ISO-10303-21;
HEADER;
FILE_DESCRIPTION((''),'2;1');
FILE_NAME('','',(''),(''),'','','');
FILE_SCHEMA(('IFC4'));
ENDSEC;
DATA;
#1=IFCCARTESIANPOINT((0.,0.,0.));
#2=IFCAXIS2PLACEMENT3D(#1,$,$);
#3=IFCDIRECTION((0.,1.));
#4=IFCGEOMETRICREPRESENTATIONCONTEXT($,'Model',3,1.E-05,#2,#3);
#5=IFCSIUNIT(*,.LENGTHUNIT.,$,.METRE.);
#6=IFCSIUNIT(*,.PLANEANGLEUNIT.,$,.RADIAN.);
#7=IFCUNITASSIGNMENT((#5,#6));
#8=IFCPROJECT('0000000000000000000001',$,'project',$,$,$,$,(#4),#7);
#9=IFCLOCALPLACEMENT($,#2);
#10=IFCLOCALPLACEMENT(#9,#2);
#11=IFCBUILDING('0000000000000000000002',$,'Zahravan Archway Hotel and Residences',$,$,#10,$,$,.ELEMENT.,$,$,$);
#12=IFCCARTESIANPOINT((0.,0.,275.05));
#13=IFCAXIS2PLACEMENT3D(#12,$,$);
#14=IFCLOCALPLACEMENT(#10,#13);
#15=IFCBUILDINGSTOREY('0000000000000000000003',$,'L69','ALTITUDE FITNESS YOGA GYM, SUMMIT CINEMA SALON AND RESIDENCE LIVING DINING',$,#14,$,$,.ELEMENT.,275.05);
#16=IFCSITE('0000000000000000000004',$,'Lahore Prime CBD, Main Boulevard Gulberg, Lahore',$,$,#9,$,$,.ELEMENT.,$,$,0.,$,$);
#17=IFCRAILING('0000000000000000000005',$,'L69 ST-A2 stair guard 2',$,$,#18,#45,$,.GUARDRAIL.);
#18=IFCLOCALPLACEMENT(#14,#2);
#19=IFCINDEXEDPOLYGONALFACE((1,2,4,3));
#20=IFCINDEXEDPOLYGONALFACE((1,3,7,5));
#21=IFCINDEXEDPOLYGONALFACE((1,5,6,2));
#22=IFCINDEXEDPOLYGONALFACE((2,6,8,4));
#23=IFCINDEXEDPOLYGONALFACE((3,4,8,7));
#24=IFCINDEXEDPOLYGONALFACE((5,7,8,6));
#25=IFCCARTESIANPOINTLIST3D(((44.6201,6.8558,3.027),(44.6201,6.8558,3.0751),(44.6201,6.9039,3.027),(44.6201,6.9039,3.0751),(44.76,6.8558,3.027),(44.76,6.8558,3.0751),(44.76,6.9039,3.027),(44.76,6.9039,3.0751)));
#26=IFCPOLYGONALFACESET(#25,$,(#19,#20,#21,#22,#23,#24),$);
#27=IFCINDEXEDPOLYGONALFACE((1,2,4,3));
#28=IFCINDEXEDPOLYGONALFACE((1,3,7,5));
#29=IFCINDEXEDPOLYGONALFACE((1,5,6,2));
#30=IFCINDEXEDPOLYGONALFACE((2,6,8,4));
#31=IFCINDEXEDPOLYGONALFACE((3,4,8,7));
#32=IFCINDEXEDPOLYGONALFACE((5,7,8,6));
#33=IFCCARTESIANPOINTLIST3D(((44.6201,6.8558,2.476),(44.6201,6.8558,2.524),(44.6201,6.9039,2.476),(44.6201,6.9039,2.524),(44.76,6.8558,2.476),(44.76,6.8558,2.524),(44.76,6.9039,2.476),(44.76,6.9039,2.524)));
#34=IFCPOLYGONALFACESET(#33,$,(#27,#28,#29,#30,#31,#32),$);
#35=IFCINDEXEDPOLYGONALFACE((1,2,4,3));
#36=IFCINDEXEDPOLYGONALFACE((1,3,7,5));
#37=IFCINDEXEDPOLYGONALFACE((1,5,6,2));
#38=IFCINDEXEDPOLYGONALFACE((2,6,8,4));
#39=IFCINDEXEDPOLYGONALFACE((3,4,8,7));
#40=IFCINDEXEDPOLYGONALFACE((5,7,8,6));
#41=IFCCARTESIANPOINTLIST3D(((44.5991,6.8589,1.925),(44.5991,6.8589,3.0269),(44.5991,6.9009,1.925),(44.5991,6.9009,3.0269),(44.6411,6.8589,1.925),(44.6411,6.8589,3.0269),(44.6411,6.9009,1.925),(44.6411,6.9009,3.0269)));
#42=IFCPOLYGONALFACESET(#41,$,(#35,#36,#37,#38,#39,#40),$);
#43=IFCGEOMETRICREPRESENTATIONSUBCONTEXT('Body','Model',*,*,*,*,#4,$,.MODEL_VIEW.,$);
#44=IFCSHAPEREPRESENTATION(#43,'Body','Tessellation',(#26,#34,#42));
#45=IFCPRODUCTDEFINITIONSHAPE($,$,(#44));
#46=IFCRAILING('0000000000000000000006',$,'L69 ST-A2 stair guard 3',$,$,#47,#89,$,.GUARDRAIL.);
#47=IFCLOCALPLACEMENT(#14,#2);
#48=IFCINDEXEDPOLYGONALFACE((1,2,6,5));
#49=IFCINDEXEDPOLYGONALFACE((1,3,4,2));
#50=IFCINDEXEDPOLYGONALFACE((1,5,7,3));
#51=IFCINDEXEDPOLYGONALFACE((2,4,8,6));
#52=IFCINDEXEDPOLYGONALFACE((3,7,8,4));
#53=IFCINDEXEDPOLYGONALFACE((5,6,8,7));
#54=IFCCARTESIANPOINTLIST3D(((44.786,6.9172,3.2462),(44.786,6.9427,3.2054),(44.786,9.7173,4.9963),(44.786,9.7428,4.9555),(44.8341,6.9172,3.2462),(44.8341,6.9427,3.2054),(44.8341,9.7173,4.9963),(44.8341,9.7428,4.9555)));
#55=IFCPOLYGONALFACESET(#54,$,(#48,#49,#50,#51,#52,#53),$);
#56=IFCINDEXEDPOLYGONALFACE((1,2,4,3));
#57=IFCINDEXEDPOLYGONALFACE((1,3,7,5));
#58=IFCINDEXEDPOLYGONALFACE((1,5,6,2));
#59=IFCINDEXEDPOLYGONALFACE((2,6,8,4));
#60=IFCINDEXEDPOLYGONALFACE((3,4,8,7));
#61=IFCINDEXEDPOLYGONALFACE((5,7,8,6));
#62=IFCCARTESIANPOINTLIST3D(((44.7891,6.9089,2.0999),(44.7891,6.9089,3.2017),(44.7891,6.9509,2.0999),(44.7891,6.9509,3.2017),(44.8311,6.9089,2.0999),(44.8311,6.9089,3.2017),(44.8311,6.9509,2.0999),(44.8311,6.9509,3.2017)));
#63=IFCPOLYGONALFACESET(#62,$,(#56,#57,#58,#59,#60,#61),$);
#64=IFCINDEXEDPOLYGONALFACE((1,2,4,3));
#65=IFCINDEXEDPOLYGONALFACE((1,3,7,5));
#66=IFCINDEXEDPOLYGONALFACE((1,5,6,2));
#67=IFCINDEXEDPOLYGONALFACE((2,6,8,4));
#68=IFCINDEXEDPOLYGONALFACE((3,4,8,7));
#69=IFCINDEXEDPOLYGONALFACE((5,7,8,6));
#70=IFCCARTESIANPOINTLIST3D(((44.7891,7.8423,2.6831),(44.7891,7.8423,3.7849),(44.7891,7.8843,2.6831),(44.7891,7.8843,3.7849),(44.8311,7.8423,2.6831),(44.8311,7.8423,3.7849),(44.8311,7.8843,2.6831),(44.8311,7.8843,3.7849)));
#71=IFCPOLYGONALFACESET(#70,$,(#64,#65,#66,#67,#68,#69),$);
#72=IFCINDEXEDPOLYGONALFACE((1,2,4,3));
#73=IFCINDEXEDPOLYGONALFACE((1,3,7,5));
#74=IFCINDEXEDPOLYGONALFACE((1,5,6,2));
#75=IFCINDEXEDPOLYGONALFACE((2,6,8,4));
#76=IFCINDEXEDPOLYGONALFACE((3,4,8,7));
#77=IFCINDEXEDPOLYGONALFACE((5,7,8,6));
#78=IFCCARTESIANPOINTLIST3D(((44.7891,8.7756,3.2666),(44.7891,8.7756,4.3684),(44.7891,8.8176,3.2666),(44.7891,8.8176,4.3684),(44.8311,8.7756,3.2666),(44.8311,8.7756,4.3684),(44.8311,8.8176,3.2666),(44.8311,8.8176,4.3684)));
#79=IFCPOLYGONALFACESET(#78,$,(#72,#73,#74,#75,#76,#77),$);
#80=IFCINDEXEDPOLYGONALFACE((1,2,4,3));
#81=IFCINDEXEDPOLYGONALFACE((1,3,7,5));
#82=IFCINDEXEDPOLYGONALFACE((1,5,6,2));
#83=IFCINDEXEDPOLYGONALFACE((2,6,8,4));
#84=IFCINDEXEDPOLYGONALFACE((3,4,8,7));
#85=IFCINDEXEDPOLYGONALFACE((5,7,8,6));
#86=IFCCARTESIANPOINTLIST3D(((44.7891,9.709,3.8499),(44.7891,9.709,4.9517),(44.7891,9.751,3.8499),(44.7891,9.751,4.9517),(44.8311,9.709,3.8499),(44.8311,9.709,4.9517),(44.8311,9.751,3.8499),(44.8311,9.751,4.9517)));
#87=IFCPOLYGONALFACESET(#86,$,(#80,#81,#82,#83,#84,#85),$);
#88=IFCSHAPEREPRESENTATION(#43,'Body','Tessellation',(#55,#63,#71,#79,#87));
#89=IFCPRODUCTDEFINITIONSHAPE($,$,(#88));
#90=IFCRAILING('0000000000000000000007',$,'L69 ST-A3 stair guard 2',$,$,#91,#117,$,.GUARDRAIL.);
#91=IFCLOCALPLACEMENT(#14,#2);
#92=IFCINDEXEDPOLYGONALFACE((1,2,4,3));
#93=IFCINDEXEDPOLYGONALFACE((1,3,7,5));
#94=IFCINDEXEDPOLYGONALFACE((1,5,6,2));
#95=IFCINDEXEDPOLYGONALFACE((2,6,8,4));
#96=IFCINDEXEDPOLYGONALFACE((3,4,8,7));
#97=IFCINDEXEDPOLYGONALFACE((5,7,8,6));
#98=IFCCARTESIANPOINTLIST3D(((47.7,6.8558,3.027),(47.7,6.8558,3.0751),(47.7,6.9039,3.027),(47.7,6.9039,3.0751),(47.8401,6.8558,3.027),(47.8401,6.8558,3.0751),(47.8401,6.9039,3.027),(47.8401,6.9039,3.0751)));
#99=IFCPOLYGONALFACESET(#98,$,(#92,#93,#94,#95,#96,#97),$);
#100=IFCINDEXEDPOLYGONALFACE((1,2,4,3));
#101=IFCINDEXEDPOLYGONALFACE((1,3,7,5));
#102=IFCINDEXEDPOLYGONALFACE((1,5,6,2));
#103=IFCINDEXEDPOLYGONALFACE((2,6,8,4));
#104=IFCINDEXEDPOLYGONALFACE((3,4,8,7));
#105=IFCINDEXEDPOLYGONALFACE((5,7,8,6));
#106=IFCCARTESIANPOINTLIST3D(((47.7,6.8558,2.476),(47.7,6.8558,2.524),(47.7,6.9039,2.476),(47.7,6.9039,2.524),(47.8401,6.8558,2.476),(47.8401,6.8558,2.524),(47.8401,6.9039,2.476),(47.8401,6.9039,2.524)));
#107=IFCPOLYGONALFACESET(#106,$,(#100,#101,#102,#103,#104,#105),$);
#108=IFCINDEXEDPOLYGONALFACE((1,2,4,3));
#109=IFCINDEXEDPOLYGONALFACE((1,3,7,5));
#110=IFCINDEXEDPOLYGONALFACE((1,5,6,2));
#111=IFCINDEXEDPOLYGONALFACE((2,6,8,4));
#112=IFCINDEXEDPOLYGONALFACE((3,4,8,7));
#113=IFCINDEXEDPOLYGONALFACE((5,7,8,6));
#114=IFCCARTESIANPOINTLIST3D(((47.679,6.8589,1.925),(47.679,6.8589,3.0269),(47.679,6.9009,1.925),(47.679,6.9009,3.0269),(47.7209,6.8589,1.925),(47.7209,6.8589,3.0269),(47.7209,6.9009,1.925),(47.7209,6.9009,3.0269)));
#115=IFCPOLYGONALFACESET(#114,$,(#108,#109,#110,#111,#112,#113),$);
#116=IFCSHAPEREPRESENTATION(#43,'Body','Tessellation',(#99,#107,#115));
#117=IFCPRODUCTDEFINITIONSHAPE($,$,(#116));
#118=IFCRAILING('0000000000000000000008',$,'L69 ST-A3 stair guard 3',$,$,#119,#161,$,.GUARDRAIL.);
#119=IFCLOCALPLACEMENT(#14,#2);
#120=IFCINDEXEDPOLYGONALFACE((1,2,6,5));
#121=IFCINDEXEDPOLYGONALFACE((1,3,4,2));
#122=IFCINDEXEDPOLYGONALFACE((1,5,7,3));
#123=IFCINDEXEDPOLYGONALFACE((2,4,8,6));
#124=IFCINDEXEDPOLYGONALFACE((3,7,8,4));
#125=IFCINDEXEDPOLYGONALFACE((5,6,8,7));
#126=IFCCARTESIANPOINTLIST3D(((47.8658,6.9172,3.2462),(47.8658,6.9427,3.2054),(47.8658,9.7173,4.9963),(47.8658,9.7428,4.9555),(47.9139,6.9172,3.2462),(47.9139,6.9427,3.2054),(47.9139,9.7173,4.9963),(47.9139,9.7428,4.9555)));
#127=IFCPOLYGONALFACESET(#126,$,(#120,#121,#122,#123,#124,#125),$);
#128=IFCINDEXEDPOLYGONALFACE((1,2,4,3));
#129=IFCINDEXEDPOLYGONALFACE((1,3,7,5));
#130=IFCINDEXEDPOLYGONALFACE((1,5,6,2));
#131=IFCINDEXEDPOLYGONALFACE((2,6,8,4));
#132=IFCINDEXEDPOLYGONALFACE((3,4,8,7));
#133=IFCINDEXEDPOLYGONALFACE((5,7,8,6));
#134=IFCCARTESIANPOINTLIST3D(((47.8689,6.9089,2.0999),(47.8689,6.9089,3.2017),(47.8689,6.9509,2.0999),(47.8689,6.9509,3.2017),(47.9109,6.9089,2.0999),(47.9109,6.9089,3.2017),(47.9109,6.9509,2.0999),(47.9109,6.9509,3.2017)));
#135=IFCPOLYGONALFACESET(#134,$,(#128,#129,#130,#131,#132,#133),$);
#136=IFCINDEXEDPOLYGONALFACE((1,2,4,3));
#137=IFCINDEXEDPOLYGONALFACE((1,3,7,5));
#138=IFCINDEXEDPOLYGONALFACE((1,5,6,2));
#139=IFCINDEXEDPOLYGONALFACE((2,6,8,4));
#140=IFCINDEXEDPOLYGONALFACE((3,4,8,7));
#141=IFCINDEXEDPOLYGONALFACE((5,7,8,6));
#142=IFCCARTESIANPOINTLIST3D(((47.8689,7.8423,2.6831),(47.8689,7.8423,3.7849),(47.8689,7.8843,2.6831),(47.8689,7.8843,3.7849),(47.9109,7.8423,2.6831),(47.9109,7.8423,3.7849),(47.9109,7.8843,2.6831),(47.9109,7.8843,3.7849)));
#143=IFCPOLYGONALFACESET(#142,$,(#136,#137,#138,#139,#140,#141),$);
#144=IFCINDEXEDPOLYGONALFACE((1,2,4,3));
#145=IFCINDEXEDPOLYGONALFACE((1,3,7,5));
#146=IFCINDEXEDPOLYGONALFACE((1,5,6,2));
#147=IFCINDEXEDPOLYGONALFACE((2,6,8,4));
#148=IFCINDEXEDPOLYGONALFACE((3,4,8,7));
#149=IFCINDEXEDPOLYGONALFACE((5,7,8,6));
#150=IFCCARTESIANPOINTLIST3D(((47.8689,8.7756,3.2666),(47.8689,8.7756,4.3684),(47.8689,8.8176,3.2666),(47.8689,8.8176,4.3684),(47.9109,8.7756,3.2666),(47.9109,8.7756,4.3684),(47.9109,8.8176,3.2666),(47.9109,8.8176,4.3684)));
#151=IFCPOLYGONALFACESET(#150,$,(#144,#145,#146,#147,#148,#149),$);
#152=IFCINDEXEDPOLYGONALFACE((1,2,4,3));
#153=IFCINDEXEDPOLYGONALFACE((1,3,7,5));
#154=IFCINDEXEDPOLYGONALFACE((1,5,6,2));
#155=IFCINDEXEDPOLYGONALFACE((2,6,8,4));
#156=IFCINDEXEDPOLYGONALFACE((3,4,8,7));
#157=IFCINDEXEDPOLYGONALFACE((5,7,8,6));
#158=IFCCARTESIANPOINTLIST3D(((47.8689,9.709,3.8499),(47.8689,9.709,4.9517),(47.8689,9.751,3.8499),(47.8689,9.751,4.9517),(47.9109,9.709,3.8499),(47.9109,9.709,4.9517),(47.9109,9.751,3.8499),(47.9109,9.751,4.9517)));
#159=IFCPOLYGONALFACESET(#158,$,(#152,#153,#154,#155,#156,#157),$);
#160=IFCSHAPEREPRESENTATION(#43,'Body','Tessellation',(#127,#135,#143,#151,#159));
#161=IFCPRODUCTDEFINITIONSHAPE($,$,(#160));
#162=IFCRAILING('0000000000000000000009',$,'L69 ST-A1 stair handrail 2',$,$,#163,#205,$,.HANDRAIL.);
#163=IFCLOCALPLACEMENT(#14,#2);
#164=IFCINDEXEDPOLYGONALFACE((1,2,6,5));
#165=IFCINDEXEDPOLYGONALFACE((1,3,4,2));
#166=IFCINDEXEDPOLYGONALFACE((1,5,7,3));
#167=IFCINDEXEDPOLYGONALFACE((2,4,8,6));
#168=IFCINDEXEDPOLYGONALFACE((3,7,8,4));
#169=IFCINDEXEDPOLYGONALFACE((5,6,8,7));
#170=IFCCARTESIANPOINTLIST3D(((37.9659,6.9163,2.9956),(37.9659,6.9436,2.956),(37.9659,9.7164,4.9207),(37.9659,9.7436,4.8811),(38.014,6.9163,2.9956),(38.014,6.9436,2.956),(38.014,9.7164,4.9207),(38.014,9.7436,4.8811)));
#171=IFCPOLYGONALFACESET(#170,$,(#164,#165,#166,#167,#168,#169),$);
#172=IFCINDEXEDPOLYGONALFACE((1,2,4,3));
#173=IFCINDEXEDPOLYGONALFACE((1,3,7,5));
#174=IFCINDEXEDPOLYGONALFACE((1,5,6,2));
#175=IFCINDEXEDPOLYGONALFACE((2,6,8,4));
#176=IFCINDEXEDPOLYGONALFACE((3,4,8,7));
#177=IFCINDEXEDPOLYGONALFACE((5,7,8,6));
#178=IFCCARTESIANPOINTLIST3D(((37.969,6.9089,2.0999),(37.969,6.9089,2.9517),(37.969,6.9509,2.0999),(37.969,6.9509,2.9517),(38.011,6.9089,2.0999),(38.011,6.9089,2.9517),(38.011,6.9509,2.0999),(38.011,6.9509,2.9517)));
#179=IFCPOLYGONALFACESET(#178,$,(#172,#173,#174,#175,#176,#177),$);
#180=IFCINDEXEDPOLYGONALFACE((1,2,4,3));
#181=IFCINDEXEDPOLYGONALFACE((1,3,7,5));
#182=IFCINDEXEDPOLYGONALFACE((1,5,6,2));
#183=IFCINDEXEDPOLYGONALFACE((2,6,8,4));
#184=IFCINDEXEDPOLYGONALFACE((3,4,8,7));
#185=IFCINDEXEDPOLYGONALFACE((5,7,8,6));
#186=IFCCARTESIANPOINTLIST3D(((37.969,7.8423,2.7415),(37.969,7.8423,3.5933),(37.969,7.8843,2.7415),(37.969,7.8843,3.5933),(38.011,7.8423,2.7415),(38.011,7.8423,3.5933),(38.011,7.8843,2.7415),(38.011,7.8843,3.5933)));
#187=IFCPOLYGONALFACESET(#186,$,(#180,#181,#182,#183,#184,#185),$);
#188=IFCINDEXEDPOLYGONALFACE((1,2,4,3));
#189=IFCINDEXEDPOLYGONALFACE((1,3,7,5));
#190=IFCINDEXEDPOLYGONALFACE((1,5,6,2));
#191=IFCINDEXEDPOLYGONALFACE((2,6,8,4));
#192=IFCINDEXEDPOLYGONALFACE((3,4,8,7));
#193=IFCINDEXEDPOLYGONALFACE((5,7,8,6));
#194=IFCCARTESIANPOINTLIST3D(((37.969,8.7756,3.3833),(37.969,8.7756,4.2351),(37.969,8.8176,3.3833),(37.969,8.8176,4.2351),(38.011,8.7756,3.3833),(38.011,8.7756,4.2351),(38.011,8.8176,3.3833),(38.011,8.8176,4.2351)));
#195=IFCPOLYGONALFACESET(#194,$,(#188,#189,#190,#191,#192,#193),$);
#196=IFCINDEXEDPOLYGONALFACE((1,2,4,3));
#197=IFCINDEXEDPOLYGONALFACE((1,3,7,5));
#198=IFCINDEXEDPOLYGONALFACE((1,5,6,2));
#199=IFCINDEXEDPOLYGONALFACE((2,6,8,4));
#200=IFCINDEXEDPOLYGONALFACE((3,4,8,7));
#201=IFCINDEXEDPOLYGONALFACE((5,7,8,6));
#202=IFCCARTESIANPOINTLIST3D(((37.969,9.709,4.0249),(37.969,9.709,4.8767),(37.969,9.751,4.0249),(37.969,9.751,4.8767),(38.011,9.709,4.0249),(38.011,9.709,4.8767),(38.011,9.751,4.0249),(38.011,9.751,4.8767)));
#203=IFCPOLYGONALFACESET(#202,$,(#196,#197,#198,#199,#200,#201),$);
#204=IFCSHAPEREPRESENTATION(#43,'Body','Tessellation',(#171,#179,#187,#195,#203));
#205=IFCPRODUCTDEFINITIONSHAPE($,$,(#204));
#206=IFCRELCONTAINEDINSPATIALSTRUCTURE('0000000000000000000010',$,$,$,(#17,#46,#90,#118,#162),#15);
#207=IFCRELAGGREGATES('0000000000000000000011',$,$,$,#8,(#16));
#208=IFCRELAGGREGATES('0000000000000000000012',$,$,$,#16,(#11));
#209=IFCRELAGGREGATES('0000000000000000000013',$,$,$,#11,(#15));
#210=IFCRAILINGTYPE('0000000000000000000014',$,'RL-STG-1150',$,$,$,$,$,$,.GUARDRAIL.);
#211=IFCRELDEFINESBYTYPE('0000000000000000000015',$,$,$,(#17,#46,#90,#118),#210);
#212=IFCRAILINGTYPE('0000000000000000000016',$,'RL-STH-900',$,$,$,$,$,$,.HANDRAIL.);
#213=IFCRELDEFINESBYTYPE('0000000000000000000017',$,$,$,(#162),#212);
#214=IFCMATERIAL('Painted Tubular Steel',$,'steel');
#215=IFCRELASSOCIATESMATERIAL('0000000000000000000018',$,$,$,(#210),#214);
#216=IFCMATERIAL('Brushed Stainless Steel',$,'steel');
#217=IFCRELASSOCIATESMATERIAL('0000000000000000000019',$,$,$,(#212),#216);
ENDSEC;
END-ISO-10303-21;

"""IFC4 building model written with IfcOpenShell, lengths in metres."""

from ifc_helpers import new_model, si_unit, direction, frame, origin, origin_2d, place, context, subcontext, project, spatial, rectangle, extrude, material, type_object, element, save


model = new_model("IFC4")

# Units and contexts
model_context = context("Model", 3, precision=1e-05, world=origin(), true_north=direction((0.0, 1.0)))
body_context = subcontext(model_context, "Body", "Model", "MODEL_VIEW")
ifc_project = project(units=[si_unit("LENGTHUNIT", "METRE"), si_unit("PLANEANGLEUNIT", "RADIAN")], contexts=[model_context])

# Site, building, storey
site_placement = place(None, origin())
site = spatial("IfcSite", under=ifc_project, at=site_placement, Name="Lahore Prime CBD, Main Boulevard Gulberg, Lahore", CompositionType="ELEMENT", RefElevation=0.0)
building_placement = place(site_placement, origin())
building = spatial("IfcBuilding", under=site, at=building_placement, Name="Zahravan Archway Hotel and Residences", CompositionType="ELEMENT")
storey_placement = place(building_placement, frame((0.0, 0.0, 275.05)))
storey = spatial("IfcBuildingStorey", under=building, at=storey_placement, Name="L69", Description="ALTITUDE FITNESS YOGA GYM, SUMMIT CINEMA SALON AND RESIDENCE LIVING DINING", CompositionType="ELEMENT", Elevation=275.05)

# Railings
ifc_material_1 = material(Name="Painted Tubular Steel", Category="steel")
railing_type_1 = type_object("IfcRailingType", Name="RL-STG-1150", PredefinedType="GUARDRAIL", material=ifc_material_1)
railing_1_placement = place(storey_placement, frame((44.6201, 6.8799, 1.925)))
element("IfcRailing", 1, at=railing_1_placement, inside=storey, type_object=railing_type_1, Name="L69 ST-A2 stair guard 2", PredefinedType="GUARDRAIL", context=body_context, shape_type="SweptSolid", body=[
    extrude(rectangle(XDim=0.0481, YDim=0.0481, at=origin_2d()), frame((0.0, 0.0, 1.126), z_axis=(1.0, 0.0, 0.0), x_axis=(0.0, 1.0, 0.0)), (0.0, 0.0, 1.0), 0.1399),
    extrude(rectangle(XDim=0.0481, YDim=0.0481, at=origin_2d()), frame((0.0, 0.0, 0.575), z_axis=(1.0, 0.0, 0.0), x_axis=(0.0, 1.0, 0.0)), (0.0, 0.0, 1.0), 0.1399),
    extrude(rectangle(XDim=0.042, YDim=0.042, at=origin_2d()), origin(), (0.0, 0.0, 1.0), 1.1018),
])
railing_2_placement = place(storey_placement, frame((44.8101, 6.9299, 2.0999)))
element("IfcRailing", 2, at=railing_2_placement, inside=storey, type_object=railing_type_1, Name="L69 ST-A2 stair guard 3", PredefinedType="GUARDRAIL", context=body_context, shape_type="SweptSolid", body=[
    extrude(rectangle(XDim=0.0481, YDim=0.0481, at=origin_2d()), frame((0.0, 0.0, 1.126), z_axis=(0.0, 0.848002, 0.529992), x_axis=(-1.0, 0.0, 0.0)), (0.0, 0.0, 1.0), 3.302),
    extrude(rectangle(XDim=0.042, YDim=0.042, at=origin_2d()), origin(), (0.0, 0.0, 1.0), 1.1018),
    extrude(rectangle(XDim=0.042, YDim=0.042, at=origin_2d()), frame((0.0, 0.9333, 0.5833)), (0.0, 0.0, 1.0), 1.1018),
    extrude(rectangle(XDim=0.042, YDim=0.042, at=origin_2d()), frame((0.0, 1.8667, 1.1667)), (0.0, 0.0, 1.0), 1.1018),
    extrude(rectangle(XDim=0.042, YDim=0.042, at=origin_2d()), frame((0.0, 2.8, 1.75)), (0.0, 0.0, 1.0), 1.1018),
])
railing_3_placement = place(storey_placement, frame((47.7, 6.8799, 1.925)))
element("IfcRailing", 3, at=railing_3_placement, inside=storey, type_object=railing_type_1, Name="L69 ST-A3 stair guard 2", PredefinedType="GUARDRAIL", context=body_context, shape_type="SweptSolid", body=[
    extrude(rectangle(XDim=0.0481, YDim=0.0481, at=origin_2d()), frame((0.0, 0.0, 1.126), z_axis=(1.0, 0.0, 0.0), x_axis=(0.0, 1.0, 0.0)), (0.0, 0.0, 1.0), 0.1401),
    extrude(rectangle(XDim=0.0481, YDim=0.0481, at=origin_2d()), frame((0.0, 0.0, 0.575), z_axis=(1.0, 0.0, 0.0), x_axis=(0.0, 1.0, 0.0)), (0.0, 0.0, 1.0), 0.1401),
    extrude(rectangle(XDim=0.042, YDim=0.042, at=origin_2d()), origin(), (0.0, 0.0, 1.0), 1.1018),
])
railing_4_placement = place(storey_placement, frame((47.8899, 6.9299, 2.0999)))
element("IfcRailing", 4, at=railing_4_placement, inside=storey, type_object=railing_type_1, Name="L69 ST-A3 stair guard 3", PredefinedType="GUARDRAIL", context=body_context, shape_type="SweptSolid", body=[
    extrude(rectangle(XDim=0.0481, YDim=0.0481, at=origin_2d()), frame((0.0, 0.0, 1.126), z_axis=(0.0, 0.848002, 0.529992), x_axis=(-1.0, 0.0, 0.0)), (0.0, 0.0, 1.0), 3.302),
    extrude(rectangle(XDim=0.042, YDim=0.042, at=origin_2d()), origin(), (0.0, 0.0, 1.0), 1.1018),
    extrude(rectangle(XDim=0.042, YDim=0.042, at=origin_2d()), frame((0.0, 0.9333, 0.5833)), (0.0, 0.0, 1.0), 1.1018),
    extrude(rectangle(XDim=0.042, YDim=0.042, at=origin_2d()), frame((0.0, 1.8667, 1.1667)), (0.0, 0.0, 1.0), 1.1018),
    extrude(rectangle(XDim=0.042, YDim=0.042, at=origin_2d()), frame((0.0, 2.8, 1.75)), (0.0, 0.0, 1.0), 1.1018),
])
ifc_material_2 = material(Name="Brushed Stainless Steel", Category="steel")
railing_type_2 = type_object("IfcRailingType", Name="RL-STH-900", PredefinedType="HANDRAIL", material=ifc_material_2)
for number, where, name in (
    (5, (37.99, 6.9299, 2.0999), "L69 ST-A1 stair handrail 2"),
):
    element("IfcRailing", number, at=place(storey_placement, frame(where)), inside=storey, type_object=railing_type_2, Name=name, PredefinedType="HANDRAIL", context=body_context, shape_type="SweptSolid", body=[
        extrude(rectangle(XDim=0.0481, YDim=0.0481, at=origin_2d()), frame((0.0, 0.0, 0.876), z_axis=(0.0, 0.82404, 0.566532), x_axis=(-1.0, 0.0, 0.0)), (0.0, 0.0, 1.0), 3.3979),
        extrude(rectangle(XDim=0.042, YDim=0.042, at=origin_2d()), origin(), (0.0, 0.0, 1.0), 0.8518),
        extrude(rectangle(XDim=0.042, YDim=0.042, at=origin_2d()), frame((0.0, 0.9333, 0.6416)), (0.0, 0.0, 1.0), 0.8518),
        extrude(rectangle(XDim=0.042, YDim=0.042, at=origin_2d()), frame((0.0, 1.8667, 1.2834)), (0.0, 0.0, 1.0), 0.8518),
        extrude(rectangle(XDim=0.042, YDim=0.042, at=origin_2d()), frame((0.0, 2.8, 1.925)), (0.0, 0.0, 1.0), 0.8518),
    ])

save(model, "model.ifc")
